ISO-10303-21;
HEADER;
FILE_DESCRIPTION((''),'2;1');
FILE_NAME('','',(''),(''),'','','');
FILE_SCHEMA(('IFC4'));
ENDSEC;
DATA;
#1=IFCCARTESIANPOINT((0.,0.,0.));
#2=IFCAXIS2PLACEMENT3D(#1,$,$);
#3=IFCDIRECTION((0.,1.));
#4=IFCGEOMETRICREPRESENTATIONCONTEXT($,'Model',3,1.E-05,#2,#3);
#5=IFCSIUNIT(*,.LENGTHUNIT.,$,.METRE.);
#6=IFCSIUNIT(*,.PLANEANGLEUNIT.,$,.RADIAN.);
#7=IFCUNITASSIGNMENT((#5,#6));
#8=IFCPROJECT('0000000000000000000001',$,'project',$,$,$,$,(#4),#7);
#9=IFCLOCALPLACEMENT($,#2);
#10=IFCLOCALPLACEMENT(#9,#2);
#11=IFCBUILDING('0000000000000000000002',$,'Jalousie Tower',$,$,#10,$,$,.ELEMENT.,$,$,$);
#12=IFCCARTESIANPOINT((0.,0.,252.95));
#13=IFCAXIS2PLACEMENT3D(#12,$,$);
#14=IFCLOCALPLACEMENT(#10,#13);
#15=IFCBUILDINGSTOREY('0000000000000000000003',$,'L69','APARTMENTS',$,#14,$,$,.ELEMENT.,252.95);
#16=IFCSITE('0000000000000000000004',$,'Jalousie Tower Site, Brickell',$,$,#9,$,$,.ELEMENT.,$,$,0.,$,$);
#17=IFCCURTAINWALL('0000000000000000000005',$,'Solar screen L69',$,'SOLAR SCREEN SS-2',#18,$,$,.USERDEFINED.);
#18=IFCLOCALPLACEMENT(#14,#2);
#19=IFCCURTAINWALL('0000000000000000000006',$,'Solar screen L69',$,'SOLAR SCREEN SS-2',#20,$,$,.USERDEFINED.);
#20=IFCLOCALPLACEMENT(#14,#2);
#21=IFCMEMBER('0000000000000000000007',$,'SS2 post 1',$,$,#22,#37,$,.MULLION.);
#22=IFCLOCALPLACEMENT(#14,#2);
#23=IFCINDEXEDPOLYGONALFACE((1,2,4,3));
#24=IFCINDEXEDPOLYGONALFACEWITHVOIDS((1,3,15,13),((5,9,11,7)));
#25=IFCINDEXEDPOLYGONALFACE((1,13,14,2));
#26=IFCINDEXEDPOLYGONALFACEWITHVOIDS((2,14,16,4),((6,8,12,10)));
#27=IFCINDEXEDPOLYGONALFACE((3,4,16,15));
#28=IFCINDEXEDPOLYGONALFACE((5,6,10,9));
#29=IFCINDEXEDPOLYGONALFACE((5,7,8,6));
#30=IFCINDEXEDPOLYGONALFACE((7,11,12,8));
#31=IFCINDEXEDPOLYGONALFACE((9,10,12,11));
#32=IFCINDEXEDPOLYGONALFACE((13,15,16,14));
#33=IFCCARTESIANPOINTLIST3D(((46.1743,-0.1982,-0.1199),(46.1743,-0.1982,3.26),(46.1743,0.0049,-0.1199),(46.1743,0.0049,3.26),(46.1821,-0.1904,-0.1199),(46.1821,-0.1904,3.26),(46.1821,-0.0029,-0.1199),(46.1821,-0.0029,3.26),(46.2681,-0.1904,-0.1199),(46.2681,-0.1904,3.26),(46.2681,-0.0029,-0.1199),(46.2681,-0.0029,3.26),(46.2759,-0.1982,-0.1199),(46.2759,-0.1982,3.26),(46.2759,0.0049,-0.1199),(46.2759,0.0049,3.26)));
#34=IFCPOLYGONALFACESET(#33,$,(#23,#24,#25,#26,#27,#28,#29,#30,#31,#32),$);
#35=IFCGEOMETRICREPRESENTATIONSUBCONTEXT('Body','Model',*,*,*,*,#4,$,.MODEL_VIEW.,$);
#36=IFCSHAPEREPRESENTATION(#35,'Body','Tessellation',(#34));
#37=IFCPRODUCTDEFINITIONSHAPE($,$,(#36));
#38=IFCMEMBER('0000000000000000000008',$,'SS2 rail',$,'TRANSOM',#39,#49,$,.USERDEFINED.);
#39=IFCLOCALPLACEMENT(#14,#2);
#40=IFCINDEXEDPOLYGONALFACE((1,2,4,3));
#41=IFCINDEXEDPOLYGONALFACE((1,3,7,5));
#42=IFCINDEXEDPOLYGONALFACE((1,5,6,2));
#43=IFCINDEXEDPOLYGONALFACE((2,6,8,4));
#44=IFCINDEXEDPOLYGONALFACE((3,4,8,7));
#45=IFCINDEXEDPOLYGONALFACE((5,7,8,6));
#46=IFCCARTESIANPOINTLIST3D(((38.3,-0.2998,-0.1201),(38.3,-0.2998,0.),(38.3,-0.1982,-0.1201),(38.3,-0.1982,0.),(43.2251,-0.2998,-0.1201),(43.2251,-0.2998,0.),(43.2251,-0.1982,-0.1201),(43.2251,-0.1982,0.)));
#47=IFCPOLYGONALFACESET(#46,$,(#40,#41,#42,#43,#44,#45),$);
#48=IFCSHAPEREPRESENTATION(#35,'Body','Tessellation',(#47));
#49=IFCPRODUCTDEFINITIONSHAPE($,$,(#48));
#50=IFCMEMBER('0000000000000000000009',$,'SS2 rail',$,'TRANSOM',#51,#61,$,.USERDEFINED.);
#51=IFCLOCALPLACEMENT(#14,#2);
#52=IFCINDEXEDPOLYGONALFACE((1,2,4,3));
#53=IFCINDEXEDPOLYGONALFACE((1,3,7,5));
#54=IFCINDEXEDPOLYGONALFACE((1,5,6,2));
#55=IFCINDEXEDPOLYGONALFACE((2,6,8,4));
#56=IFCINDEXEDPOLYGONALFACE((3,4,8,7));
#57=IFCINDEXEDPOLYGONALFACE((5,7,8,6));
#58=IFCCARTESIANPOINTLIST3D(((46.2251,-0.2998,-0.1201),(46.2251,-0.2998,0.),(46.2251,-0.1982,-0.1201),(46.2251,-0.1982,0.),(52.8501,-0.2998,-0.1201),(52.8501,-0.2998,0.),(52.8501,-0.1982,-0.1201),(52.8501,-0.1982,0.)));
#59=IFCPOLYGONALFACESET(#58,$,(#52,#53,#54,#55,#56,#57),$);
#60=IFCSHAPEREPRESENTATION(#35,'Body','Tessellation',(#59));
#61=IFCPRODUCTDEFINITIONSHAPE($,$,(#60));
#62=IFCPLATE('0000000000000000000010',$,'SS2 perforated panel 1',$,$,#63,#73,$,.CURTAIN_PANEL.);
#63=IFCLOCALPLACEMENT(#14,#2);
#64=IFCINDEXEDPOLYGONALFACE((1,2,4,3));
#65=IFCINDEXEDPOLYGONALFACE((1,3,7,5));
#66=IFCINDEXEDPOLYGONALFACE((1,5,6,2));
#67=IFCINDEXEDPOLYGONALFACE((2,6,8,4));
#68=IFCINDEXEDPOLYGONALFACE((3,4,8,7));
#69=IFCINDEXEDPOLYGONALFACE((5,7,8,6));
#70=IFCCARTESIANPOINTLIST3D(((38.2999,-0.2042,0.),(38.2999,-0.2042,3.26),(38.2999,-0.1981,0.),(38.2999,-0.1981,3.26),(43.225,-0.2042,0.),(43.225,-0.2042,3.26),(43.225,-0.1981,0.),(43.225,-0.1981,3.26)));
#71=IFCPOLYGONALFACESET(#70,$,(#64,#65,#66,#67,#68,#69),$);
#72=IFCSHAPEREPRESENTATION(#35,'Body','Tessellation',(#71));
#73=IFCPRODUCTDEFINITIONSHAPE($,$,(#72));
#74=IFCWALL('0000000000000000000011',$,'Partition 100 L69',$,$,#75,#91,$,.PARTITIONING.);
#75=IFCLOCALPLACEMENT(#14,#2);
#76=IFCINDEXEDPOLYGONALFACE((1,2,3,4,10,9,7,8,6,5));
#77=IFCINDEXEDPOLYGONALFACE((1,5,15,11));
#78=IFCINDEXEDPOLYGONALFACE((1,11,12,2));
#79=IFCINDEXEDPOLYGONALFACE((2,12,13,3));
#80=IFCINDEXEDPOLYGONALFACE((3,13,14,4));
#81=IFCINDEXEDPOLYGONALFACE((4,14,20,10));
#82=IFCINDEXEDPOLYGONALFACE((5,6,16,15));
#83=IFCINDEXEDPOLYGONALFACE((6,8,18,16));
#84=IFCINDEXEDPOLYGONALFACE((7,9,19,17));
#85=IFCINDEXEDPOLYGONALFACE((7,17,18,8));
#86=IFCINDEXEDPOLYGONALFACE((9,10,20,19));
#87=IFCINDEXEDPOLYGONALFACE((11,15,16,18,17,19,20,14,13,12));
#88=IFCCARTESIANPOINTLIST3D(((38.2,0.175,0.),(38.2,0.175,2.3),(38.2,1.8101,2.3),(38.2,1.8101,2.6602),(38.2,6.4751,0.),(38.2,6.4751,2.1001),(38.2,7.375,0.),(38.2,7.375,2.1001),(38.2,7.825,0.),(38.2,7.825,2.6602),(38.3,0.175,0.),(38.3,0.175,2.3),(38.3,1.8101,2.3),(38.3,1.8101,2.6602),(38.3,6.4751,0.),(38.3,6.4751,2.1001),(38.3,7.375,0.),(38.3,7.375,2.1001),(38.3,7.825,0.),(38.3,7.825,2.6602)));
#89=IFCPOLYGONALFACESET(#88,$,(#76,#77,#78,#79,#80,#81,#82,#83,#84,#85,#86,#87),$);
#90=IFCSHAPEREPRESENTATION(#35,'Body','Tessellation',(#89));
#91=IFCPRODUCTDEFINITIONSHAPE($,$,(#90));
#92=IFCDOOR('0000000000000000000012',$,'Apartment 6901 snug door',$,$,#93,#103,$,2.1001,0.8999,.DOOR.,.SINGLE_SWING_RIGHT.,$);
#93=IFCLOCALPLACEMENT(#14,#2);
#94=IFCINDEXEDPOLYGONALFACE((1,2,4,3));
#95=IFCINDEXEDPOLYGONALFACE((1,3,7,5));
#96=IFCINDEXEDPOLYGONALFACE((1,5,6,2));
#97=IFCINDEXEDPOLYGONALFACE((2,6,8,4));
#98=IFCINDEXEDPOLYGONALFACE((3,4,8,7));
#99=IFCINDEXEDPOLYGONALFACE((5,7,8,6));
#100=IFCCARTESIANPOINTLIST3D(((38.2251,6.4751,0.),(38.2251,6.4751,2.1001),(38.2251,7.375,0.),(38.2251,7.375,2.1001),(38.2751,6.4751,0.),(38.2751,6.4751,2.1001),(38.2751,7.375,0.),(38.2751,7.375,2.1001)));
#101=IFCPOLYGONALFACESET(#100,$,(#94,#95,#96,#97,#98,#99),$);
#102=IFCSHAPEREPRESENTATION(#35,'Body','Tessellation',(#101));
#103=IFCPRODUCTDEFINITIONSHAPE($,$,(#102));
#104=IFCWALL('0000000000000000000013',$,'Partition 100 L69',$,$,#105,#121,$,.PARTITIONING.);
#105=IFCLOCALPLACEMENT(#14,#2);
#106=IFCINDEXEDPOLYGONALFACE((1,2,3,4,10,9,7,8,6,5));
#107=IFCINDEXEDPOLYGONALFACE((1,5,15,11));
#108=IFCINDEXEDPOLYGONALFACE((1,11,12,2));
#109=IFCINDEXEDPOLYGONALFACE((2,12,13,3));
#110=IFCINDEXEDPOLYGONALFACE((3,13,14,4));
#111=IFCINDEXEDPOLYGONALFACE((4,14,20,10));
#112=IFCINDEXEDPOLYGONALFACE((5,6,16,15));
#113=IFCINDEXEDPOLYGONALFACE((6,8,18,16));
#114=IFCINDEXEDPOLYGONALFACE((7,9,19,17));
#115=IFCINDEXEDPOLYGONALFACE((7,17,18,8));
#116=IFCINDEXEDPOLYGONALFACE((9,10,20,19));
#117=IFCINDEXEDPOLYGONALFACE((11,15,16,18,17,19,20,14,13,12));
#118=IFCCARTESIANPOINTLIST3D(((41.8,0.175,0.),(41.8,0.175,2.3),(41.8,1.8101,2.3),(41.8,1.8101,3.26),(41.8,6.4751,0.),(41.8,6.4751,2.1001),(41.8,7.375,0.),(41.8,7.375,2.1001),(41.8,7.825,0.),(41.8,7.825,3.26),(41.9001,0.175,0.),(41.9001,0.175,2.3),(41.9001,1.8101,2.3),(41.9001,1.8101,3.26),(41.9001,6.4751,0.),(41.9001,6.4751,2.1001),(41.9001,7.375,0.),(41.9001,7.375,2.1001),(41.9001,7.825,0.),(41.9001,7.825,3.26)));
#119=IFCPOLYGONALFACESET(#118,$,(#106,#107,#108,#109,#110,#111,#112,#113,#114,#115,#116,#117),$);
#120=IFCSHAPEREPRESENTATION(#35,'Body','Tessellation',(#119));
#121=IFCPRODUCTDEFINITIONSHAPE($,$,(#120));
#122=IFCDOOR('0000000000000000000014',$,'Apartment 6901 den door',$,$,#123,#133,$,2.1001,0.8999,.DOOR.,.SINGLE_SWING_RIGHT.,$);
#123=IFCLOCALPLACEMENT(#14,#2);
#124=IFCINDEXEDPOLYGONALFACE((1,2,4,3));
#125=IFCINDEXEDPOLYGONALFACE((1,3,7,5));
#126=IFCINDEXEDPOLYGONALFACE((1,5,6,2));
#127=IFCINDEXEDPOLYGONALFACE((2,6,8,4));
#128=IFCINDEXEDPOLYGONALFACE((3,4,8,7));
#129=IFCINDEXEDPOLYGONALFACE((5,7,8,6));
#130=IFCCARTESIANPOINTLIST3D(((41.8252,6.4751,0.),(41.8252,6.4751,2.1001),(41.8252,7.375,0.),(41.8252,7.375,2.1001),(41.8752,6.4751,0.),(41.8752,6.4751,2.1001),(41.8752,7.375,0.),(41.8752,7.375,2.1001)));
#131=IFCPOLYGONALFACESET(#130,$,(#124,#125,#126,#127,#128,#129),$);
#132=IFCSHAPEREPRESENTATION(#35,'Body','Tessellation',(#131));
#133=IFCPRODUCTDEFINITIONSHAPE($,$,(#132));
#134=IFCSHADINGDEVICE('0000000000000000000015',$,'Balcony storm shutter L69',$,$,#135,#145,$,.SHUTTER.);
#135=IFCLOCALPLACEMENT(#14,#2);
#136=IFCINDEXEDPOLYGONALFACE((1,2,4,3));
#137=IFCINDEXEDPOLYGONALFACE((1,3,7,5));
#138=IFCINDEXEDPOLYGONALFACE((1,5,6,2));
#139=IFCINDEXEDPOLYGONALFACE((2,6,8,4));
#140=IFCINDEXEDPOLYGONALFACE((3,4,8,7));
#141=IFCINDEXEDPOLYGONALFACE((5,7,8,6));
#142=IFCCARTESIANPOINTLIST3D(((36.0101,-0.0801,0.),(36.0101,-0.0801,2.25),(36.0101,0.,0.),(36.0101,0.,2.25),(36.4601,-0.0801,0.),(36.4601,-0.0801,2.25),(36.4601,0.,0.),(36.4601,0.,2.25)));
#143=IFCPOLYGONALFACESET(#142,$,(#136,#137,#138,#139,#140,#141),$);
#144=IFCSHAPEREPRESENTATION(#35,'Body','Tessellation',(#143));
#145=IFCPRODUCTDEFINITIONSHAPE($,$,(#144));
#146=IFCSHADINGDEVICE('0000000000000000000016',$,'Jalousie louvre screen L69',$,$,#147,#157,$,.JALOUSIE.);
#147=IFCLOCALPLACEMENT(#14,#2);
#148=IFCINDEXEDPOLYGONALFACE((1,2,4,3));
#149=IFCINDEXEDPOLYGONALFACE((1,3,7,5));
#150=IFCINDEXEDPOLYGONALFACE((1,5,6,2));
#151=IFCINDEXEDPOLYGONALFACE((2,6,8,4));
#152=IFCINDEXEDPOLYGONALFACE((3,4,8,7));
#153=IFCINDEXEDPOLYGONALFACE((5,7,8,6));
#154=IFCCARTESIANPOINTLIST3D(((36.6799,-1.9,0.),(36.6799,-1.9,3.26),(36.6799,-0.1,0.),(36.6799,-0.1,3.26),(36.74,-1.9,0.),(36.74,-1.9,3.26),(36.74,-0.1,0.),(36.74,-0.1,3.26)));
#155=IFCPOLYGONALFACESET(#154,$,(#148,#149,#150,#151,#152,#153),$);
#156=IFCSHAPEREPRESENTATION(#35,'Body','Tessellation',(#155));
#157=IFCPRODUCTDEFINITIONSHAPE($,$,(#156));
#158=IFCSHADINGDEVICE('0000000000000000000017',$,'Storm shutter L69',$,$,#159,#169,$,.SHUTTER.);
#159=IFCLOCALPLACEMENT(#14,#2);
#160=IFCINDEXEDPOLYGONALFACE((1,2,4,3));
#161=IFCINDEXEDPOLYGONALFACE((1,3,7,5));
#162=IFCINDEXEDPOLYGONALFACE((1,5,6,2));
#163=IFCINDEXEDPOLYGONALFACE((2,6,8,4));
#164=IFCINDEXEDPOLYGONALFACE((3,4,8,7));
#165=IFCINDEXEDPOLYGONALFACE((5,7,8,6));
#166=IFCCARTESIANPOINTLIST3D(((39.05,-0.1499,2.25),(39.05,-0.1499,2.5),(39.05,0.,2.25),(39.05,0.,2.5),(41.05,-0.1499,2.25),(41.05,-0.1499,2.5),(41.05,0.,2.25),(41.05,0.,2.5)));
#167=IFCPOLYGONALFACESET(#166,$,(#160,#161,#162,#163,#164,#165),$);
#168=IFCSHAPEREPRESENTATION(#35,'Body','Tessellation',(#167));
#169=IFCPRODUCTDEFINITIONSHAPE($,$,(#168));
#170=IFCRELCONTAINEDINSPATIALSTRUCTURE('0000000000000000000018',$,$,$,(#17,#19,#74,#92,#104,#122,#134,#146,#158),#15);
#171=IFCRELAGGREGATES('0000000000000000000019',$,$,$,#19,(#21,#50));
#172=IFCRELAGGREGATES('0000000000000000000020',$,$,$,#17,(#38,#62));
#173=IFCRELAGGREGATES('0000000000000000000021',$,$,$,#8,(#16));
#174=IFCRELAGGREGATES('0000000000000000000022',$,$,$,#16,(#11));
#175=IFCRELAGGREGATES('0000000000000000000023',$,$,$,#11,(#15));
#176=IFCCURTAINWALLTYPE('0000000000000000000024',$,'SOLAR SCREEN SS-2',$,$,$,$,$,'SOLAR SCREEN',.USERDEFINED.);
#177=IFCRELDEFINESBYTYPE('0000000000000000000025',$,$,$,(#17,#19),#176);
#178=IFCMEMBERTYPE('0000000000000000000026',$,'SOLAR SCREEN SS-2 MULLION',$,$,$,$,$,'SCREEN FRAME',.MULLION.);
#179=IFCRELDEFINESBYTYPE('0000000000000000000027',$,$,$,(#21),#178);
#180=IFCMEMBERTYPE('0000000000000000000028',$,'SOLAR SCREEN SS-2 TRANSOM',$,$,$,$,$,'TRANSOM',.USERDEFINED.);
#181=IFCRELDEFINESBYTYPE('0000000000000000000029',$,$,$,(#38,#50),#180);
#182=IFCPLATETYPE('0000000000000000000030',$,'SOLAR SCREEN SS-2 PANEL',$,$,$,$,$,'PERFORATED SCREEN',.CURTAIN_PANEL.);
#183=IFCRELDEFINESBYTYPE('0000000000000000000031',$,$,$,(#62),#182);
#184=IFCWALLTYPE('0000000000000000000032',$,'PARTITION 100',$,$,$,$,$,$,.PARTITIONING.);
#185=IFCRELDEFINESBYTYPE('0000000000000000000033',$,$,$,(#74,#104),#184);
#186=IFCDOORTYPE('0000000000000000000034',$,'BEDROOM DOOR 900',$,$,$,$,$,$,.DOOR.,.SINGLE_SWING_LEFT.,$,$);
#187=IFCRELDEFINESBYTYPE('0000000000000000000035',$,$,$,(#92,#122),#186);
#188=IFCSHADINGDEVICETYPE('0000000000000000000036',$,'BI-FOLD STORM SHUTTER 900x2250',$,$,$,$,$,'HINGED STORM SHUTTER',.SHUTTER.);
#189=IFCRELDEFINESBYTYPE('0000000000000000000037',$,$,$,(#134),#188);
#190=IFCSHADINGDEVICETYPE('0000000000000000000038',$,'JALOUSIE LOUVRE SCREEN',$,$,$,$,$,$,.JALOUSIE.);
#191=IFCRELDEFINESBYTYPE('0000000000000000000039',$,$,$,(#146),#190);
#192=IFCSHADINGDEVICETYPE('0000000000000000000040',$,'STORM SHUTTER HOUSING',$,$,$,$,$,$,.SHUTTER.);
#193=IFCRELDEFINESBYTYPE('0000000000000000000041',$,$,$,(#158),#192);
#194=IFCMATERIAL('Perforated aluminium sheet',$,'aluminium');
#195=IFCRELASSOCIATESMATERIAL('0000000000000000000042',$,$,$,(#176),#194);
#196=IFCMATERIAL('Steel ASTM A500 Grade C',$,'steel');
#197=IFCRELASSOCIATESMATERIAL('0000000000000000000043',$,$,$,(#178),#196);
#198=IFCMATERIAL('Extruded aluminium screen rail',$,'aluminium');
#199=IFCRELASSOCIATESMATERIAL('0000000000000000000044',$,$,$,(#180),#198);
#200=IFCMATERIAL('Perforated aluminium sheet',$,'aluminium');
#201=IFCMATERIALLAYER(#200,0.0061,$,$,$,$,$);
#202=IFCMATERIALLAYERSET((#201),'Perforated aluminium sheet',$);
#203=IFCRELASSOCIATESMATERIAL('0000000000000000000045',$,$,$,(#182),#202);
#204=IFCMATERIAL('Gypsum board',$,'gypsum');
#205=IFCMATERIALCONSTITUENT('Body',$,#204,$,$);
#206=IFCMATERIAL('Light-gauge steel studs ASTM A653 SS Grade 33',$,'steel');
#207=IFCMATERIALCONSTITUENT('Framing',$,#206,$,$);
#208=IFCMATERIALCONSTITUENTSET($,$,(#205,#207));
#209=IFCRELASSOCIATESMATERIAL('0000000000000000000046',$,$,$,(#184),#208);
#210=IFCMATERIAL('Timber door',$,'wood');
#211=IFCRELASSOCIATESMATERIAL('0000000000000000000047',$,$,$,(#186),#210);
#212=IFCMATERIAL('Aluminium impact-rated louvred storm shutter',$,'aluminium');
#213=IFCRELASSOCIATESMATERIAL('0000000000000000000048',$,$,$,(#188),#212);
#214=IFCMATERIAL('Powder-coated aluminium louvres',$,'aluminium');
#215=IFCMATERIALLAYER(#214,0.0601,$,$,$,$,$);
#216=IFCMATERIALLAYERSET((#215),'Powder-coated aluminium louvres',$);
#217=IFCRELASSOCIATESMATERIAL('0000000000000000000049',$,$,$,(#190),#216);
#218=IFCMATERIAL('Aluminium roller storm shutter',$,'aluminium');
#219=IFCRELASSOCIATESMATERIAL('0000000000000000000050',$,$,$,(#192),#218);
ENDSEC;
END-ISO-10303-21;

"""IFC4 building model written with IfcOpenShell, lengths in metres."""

from ifc_helpers import new_model, si_unit, direction, frame, frame_2d, origin, origin_2d, place, context, subcontext, project, spatial, polyline, rectangle, hollow_rectangle, outline, extrude, material, layer, layer_set, constituent, constituent_set, material_profile, profile_set, type_object, element, fill, aggregate, save


model = new_model("IFC4")

# Units and contexts
model_context = context("Model", 3, precision=1e-05, world=origin(), true_north=direction((0.0, 1.0)))
body_context = subcontext(model_context, "Body", "Model", "MODEL_VIEW")
ifc_project = project(units=[si_unit("LENGTHUNIT", "METRE"), si_unit("PLANEANGLEUNIT", "RADIAN")], contexts=[model_context])

# Site, building, storey
site_placement = place(None, origin())
site = spatial("IfcSite", under=ifc_project, at=site_placement, Name="Jalousie Tower Site, Brickell", CompositionType="ELEMENT", RefElevation=0.0)
building_placement = place(site_placement, origin())
building = spatial("IfcBuilding", under=site, at=building_placement, Name="Jalousie Tower", CompositionType="ELEMENT")
storey_placement = place(building_placement, frame((0.0, 0.0, 252.95)))
storey = spatial("IfcBuildingStorey", under=building, at=storey_placement, Name="L69", Description="APARTMENTS", CompositionType="ELEMENT", Elevation=252.95)

# Curtain wall
ifc_material_1 = material(Name="Perforated aluminium sheet", Category="aluminium")
curtain_wall_type = type_object("IfcCurtainWallType", Name="SOLAR SCREEN SS-2", ElementType="SOLAR SCREEN", PredefinedType="USERDEFINED", material=ifc_material_1)
curtain_wall_1_placement = place(storey_placement, origin())
curtain_wall_1 = element("IfcCurtainWall", 1, at=curtain_wall_1_placement, inside=storey, type_object=curtain_wall_type, Name="Solar screen L69", ObjectType="SOLAR SCREEN SS-2", PredefinedType="USERDEFINED")
ifc_material_2 = material(Name="Steel ASTM A500 Grade C", Category="steel")
ifc_material_profile_1 = material_profile(ifc_material_2, hollow_rectangle(XDim=0.1016, YDim=0.2031, WallThickness=0.0078, at=origin_2d()), Name="HSS8X4X5/16")
ifc_profile_set_1 = profile_set([ifc_material_profile_1], Name="Steel ASTM A500 Grade C")
member_type_1 = type_object("IfcMemberType", Name="SOLAR SCREEN SS-2 MULLION", ElementType="SCREEN FRAME", PredefinedType="MULLION", material=ifc_profile_set_1)

# Curtain wall, member
curtain_wall_2_placement = place(storey_placement, origin())
curtain_wall_2 = element("IfcCurtainWall", 2, at=curtain_wall_2_placement, inside=storey, type_object=curtain_wall_type, Name="Solar screen L69", ObjectType="SOLAR SCREEN SS-2", PredefinedType="USERDEFINED")
member_1_placement = place(storey_placement, frame((46.2251, -0.0967, -0.1199), z_axis=(0.0, 0.0, 1.0), x_axis=(1.0, 0.0, 0.0)))
member_1 = element("IfcMember", 3, at=member_1_placement, type_object=member_type_1, Name="SS2 post 1", PredefinedType="MULLION", context=body_context, shape_type="SweptSolid", body=[
    extrude(hollow_rectangle(XDim=0.1016, YDim=0.2031, WallThickness=0.0078, at=origin_2d()), origin(), (0.0, 0.0, 1.0), 3.3799),
])

# Members
ifc_material_3 = material(Name="Extruded aluminium screen rail", Category="aluminium")
ifc_material_profile_2 = material_profile(ifc_material_3, rectangle(XDim=0.1016, YDim=0.1201, at=origin_2d()), Name="RAIL 102x120")
ifc_profile_set_2 = profile_set([ifc_material_profile_2], Name="Extruded aluminium screen rail")
member_type_2 = type_object("IfcMemberType", Name="SOLAR SCREEN SS-2 TRANSOM", ElementType="TRANSOM", PredefinedType="USERDEFINED", material=ifc_profile_set_2)
member_2_placement = place(storey_placement, frame((38.3, -0.249, -0.0601), z_axis=(1.0, 0.0, 0.0), x_axis=(0.0, 1.0, 0.0)))
member_2 = element("IfcMember", 4, at=member_2_placement, type_object=member_type_2, Name="SS2 rail", ObjectType="TRANSOM", PredefinedType="USERDEFINED", context=body_context, shape_type="SweptSolid", body=[
    extrude(rectangle(XDim=0.1016, YDim=0.1201, at=origin_2d()), origin(), (0.0, 0.0, 1.0), 4.925),
])
member_3_placement = place(storey_placement, frame((46.2251, -0.249, -0.0601), z_axis=(1.0, 0.0, 0.0), x_axis=(0.0, 1.0, 0.0)))
member_3 = element("IfcMember", 5, at=member_3_placement, type_object=member_type_2, Name="SS2 rail", ObjectType="TRANSOM", PredefinedType="USERDEFINED", context=body_context, shape_type="SweptSolid", body=[
    extrude(rectangle(XDim=0.1016, YDim=0.1201, at=origin_2d()), origin(), (0.0, 0.0, 1.0), 6.625),
])
aggregate(curtain_wall_2, [member_1, member_3])

# Plate
ifc_material_4 = material(Name="Perforated aluminium sheet", Category="aluminium")
ifc_layer_1 = layer(ifc_material_4, 0.0061)
ifc_layer_set_1 = layer_set([ifc_layer_1], Name="Perforated aluminium sheet")
plate_type = type_object("IfcPlateType", Name="SOLAR SCREEN SS-2 PANEL", ElementType="PERFORATED SCREEN", PredefinedType="CURTAIN_PANEL", material=ifc_layer_set_1)
plate_placement = place(storey_placement, frame((40.7625, -0.2012, 0.0), z_axis=(0.0, 0.0, 1.0), x_axis=(1.0, 0.0, 0.0)))
plate = element("IfcPlate", 6, at=plate_placement, type_object=plate_type, Name="SS2 perforated panel 1", PredefinedType="CURTAIN_PANEL", context=body_context, shape_type="SweptSolid", body=[
    extrude(rectangle(XDim=4.925, YDim=0.0061, at=origin_2d()), origin(), (0.0, 0.0, 1.0), 3.26),
])
aggregate(curtain_wall_1, [member_2, plate])

# Walls, openings, doors
ifc_material_5 = material(Name="Gypsum board", Category="gypsum")
ifc_constituent_1 = constituent(ifc_material_5, Name="Body")
ifc_material_6 = material(Name="Light-gauge steel studs ASTM A653 SS Grade 33", Category="steel")
ifc_constituent_2 = constituent(ifc_material_6, Name="Framing")
ifc_constituent_set = constituent_set(constituents=[ifc_constituent_1, ifc_constituent_2])
wall_type = type_object("IfcWallType", Name="PARTITION 100", PredefinedType="PARTITIONING", material=ifc_constituent_set)
wall_1_placement = place(storey_placement, frame((38.25, 0.175, 0.0), z_axis=(0.0, 0.0, 1.0), x_axis=(0.0, 1.0, 0.0)))
wall_1 = element("IfcWall", 7, at=wall_1_placement, inside=storey, type_object=wall_type, Name="Partition 100 L69", PredefinedType="PARTITIONING", context=body_context, shape_type="SweptSolid", body=[
    extrude(outline(polyline([(0.0, 0.0), (7.6499, 0.0), (7.6499, 3.26), (7.6499, 2.6602), (1.635, 2.6602), (1.635, 2.3), (0.0, 2.3), (0.0, 3.26), (0.0, 0.0)])), frame((0.0, 0.05, 0.0), z_axis=(0.0, -1.0, 0.0), x_axis=(1.0, 0.0, 0.0)), (0.0, 0.0, 1.0), 0.1001),
])
opening_1_placement = place(wall_1_placement, frame((6.3, 0.0, 0.0)))
opening_1 = element("IfcOpeningElement", 8, at=opening_1_placement, cuts=wall_1, PredefinedType="OPENING", context=body_context, shape_type="SweptSolid", body=[
    extrude(rectangle(XDim=0.8999, YDim=2.1001, at=frame_2d((0.45, 1.05))), frame((0.0, 0.0601, 0.0), z_axis=(0.0, -1.0, 0.0), x_axis=(1.0, 0.0, 0.0)), (0.0, 0.0, 1.0), 0.1201),
])
ifc_material_7 = material(Name="Timber door", Category="wood")
door_type = type_object("IfcDoorType", Name="BEDROOM DOOR 900", OperationType="SINGLE_SWING_LEFT", PredefinedType="DOOR", material=ifc_material_7)
door_1_placement = place(opening_1_placement, origin())
door_1 = element("IfcDoor", 9, at=door_1_placement, inside=storey, type_object=door_type, Name="Apartment 6901 snug door", OperationType="SINGLE_SWING_RIGHT", OverallHeight=2.1001, OverallWidth=0.8999, PredefinedType="DOOR", context=body_context, shape_type="SweptSolid", body=[
    extrude(rectangle(XDim=0.8999, YDim=2.1001, at=frame_2d((0.45, 1.05))), frame((0.0, 0.0249, 0.0), z_axis=(0.0, -1.0, 0.0), x_axis=(1.0, 0.0, 0.0)), (0.0, 0.0, 1.0), 0.05),
])
fill(opening_1, door_1)
wall_2_placement = place(storey_placement, frame((41.8501, 0.175, 0.0), z_axis=(0.0, 0.0, 1.0), x_axis=(0.0, 1.0, 0.0)))
wall_2 = element("IfcWall", 10, at=wall_2_placement, inside=storey, type_object=wall_type, Name="Partition 100 L69", PredefinedType="PARTITIONING", context=body_context, shape_type="SweptSolid", body=[
    extrude(outline(polyline([(0.0, 0.0), (7.6499, 0.0), (7.6499, 3.26), (1.635, 3.26), (1.635, 2.3), (0.0, 2.3), (0.0, 3.26), (0.0, 0.0)])), frame((0.0, 0.05, 0.0), z_axis=(0.0, -1.0, 0.0), x_axis=(1.0, 0.0, 0.0)), (0.0, 0.0, 1.0), 0.1001),
])
opening_2_placement = place(wall_2_placement, frame((6.3, 0.0, 0.0)))
opening_2 = element("IfcOpeningElement", 11, at=opening_2_placement, cuts=wall_2, PredefinedType="OPENING", context=body_context, shape_type="SweptSolid", body=[
    extrude(rectangle(XDim=0.8999, YDim=2.1001, at=frame_2d((0.45, 1.05))), frame((0.0, 0.0601, 0.0), z_axis=(0.0, -1.0, 0.0), x_axis=(1.0, 0.0, 0.0)), (0.0, 0.0, 1.0), 0.1201),
])
door_2_placement = place(opening_2_placement, origin())
door_2 = element("IfcDoor", 12, at=door_2_placement, inside=storey, type_object=door_type, Name="Apartment 6901 den door", OperationType="SINGLE_SWING_RIGHT", OverallHeight=2.1001, OverallWidth=0.8999, PredefinedType="DOOR", context=body_context, shape_type="SweptSolid", body=[
    extrude(rectangle(XDim=0.8999, YDim=2.1001, at=frame_2d((0.45, 1.05))), frame((0.0, 0.0249, 0.0), z_axis=(0.0, -1.0, 0.0), x_axis=(1.0, 0.0, 0.0)), (0.0, 0.0, 1.0), 0.05),
])
fill(opening_2, door_2)

# Shading devices
ifc_material_8 = material(Name="Aluminium impact-rated louvred storm shutter", Category="aluminium")
shading_device_type_1 = type_object("IfcShadingDeviceType", Name="BI-FOLD STORM SHUTTER 900x2250", ElementType="HINGED STORM SHUTTER", PredefinedType="SHUTTER", material=ifc_material_8)
shading_device_1_placement = place(storey_placement, frame((36.2351, -0.04, 0.0), z_axis=(0.0, 0.0, 1.0), x_axis=(1.0, 0.0, 0.0)))
element("IfcShadingDevice", 13, at=shading_device_1_placement, inside=storey, type_object=shading_device_type_1, Name="Balcony storm shutter L69", PredefinedType="SHUTTER", context=body_context, shape_type="SweptSolid", body=[
    extrude(rectangle(XDim=0.45, YDim=0.0801, at=origin_2d()), origin(), (0.0, 0.0, 1.0), 2.25),
])
ifc_material_9 = material(Name="Powder-coated aluminium louvres", Category="aluminium")
ifc_layer_2 = layer(ifc_material_9, 0.0601)
ifc_layer_set_2 = layer_set([ifc_layer_2], Name="Powder-coated aluminium louvres")
shading_device_type_2 = type_object("IfcShadingDeviceType", Name="JALOUSIE LOUVRE SCREEN", PredefinedType="JALOUSIE", material=ifc_layer_set_2)
shading_device_2_placement = place(storey_placement, frame((36.71, -1.0, 0.0), z_axis=(0.0, 0.0, 1.0), x_axis=(1.0, 0.0, 0.0)))
element("IfcShadingDevice", 14, at=shading_device_2_placement, inside=storey, type_object=shading_device_type_2, Name="Jalousie louvre screen L69", PredefinedType="JALOUSIE", context=body_context, shape_type="SweptSolid", body=[
    extrude(rectangle(XDim=0.0601, YDim=1.8, at=origin_2d()), origin(), (0.0, 0.0, 1.0), 3.26),
])
ifc_material_10 = material(Name="Aluminium roller storm shutter", Category="aluminium")
shading_device_type_3 = type_object("IfcShadingDeviceType", Name="STORM SHUTTER HOUSING", PredefinedType="SHUTTER", material=ifc_material_10)
shading_device_3_placement = place(storey_placement, frame((40.05, -0.075, 2.25), z_axis=(0.0, 0.0, 1.0), x_axis=(1.0, 0.0, 0.0)))
element("IfcShadingDevice", 15, at=shading_device_3_placement, inside=storey, type_object=shading_device_type_3, Name="Storm shutter L69", PredefinedType="SHUTTER", context=body_context, shape_type="SweptSolid", body=[
    extrude(rectangle(XDim=2.0, YDim=0.1499, at=origin_2d()), origin(), (0.0, 0.0, 1.0), 0.25),
])

save(model, "model.ifc")
